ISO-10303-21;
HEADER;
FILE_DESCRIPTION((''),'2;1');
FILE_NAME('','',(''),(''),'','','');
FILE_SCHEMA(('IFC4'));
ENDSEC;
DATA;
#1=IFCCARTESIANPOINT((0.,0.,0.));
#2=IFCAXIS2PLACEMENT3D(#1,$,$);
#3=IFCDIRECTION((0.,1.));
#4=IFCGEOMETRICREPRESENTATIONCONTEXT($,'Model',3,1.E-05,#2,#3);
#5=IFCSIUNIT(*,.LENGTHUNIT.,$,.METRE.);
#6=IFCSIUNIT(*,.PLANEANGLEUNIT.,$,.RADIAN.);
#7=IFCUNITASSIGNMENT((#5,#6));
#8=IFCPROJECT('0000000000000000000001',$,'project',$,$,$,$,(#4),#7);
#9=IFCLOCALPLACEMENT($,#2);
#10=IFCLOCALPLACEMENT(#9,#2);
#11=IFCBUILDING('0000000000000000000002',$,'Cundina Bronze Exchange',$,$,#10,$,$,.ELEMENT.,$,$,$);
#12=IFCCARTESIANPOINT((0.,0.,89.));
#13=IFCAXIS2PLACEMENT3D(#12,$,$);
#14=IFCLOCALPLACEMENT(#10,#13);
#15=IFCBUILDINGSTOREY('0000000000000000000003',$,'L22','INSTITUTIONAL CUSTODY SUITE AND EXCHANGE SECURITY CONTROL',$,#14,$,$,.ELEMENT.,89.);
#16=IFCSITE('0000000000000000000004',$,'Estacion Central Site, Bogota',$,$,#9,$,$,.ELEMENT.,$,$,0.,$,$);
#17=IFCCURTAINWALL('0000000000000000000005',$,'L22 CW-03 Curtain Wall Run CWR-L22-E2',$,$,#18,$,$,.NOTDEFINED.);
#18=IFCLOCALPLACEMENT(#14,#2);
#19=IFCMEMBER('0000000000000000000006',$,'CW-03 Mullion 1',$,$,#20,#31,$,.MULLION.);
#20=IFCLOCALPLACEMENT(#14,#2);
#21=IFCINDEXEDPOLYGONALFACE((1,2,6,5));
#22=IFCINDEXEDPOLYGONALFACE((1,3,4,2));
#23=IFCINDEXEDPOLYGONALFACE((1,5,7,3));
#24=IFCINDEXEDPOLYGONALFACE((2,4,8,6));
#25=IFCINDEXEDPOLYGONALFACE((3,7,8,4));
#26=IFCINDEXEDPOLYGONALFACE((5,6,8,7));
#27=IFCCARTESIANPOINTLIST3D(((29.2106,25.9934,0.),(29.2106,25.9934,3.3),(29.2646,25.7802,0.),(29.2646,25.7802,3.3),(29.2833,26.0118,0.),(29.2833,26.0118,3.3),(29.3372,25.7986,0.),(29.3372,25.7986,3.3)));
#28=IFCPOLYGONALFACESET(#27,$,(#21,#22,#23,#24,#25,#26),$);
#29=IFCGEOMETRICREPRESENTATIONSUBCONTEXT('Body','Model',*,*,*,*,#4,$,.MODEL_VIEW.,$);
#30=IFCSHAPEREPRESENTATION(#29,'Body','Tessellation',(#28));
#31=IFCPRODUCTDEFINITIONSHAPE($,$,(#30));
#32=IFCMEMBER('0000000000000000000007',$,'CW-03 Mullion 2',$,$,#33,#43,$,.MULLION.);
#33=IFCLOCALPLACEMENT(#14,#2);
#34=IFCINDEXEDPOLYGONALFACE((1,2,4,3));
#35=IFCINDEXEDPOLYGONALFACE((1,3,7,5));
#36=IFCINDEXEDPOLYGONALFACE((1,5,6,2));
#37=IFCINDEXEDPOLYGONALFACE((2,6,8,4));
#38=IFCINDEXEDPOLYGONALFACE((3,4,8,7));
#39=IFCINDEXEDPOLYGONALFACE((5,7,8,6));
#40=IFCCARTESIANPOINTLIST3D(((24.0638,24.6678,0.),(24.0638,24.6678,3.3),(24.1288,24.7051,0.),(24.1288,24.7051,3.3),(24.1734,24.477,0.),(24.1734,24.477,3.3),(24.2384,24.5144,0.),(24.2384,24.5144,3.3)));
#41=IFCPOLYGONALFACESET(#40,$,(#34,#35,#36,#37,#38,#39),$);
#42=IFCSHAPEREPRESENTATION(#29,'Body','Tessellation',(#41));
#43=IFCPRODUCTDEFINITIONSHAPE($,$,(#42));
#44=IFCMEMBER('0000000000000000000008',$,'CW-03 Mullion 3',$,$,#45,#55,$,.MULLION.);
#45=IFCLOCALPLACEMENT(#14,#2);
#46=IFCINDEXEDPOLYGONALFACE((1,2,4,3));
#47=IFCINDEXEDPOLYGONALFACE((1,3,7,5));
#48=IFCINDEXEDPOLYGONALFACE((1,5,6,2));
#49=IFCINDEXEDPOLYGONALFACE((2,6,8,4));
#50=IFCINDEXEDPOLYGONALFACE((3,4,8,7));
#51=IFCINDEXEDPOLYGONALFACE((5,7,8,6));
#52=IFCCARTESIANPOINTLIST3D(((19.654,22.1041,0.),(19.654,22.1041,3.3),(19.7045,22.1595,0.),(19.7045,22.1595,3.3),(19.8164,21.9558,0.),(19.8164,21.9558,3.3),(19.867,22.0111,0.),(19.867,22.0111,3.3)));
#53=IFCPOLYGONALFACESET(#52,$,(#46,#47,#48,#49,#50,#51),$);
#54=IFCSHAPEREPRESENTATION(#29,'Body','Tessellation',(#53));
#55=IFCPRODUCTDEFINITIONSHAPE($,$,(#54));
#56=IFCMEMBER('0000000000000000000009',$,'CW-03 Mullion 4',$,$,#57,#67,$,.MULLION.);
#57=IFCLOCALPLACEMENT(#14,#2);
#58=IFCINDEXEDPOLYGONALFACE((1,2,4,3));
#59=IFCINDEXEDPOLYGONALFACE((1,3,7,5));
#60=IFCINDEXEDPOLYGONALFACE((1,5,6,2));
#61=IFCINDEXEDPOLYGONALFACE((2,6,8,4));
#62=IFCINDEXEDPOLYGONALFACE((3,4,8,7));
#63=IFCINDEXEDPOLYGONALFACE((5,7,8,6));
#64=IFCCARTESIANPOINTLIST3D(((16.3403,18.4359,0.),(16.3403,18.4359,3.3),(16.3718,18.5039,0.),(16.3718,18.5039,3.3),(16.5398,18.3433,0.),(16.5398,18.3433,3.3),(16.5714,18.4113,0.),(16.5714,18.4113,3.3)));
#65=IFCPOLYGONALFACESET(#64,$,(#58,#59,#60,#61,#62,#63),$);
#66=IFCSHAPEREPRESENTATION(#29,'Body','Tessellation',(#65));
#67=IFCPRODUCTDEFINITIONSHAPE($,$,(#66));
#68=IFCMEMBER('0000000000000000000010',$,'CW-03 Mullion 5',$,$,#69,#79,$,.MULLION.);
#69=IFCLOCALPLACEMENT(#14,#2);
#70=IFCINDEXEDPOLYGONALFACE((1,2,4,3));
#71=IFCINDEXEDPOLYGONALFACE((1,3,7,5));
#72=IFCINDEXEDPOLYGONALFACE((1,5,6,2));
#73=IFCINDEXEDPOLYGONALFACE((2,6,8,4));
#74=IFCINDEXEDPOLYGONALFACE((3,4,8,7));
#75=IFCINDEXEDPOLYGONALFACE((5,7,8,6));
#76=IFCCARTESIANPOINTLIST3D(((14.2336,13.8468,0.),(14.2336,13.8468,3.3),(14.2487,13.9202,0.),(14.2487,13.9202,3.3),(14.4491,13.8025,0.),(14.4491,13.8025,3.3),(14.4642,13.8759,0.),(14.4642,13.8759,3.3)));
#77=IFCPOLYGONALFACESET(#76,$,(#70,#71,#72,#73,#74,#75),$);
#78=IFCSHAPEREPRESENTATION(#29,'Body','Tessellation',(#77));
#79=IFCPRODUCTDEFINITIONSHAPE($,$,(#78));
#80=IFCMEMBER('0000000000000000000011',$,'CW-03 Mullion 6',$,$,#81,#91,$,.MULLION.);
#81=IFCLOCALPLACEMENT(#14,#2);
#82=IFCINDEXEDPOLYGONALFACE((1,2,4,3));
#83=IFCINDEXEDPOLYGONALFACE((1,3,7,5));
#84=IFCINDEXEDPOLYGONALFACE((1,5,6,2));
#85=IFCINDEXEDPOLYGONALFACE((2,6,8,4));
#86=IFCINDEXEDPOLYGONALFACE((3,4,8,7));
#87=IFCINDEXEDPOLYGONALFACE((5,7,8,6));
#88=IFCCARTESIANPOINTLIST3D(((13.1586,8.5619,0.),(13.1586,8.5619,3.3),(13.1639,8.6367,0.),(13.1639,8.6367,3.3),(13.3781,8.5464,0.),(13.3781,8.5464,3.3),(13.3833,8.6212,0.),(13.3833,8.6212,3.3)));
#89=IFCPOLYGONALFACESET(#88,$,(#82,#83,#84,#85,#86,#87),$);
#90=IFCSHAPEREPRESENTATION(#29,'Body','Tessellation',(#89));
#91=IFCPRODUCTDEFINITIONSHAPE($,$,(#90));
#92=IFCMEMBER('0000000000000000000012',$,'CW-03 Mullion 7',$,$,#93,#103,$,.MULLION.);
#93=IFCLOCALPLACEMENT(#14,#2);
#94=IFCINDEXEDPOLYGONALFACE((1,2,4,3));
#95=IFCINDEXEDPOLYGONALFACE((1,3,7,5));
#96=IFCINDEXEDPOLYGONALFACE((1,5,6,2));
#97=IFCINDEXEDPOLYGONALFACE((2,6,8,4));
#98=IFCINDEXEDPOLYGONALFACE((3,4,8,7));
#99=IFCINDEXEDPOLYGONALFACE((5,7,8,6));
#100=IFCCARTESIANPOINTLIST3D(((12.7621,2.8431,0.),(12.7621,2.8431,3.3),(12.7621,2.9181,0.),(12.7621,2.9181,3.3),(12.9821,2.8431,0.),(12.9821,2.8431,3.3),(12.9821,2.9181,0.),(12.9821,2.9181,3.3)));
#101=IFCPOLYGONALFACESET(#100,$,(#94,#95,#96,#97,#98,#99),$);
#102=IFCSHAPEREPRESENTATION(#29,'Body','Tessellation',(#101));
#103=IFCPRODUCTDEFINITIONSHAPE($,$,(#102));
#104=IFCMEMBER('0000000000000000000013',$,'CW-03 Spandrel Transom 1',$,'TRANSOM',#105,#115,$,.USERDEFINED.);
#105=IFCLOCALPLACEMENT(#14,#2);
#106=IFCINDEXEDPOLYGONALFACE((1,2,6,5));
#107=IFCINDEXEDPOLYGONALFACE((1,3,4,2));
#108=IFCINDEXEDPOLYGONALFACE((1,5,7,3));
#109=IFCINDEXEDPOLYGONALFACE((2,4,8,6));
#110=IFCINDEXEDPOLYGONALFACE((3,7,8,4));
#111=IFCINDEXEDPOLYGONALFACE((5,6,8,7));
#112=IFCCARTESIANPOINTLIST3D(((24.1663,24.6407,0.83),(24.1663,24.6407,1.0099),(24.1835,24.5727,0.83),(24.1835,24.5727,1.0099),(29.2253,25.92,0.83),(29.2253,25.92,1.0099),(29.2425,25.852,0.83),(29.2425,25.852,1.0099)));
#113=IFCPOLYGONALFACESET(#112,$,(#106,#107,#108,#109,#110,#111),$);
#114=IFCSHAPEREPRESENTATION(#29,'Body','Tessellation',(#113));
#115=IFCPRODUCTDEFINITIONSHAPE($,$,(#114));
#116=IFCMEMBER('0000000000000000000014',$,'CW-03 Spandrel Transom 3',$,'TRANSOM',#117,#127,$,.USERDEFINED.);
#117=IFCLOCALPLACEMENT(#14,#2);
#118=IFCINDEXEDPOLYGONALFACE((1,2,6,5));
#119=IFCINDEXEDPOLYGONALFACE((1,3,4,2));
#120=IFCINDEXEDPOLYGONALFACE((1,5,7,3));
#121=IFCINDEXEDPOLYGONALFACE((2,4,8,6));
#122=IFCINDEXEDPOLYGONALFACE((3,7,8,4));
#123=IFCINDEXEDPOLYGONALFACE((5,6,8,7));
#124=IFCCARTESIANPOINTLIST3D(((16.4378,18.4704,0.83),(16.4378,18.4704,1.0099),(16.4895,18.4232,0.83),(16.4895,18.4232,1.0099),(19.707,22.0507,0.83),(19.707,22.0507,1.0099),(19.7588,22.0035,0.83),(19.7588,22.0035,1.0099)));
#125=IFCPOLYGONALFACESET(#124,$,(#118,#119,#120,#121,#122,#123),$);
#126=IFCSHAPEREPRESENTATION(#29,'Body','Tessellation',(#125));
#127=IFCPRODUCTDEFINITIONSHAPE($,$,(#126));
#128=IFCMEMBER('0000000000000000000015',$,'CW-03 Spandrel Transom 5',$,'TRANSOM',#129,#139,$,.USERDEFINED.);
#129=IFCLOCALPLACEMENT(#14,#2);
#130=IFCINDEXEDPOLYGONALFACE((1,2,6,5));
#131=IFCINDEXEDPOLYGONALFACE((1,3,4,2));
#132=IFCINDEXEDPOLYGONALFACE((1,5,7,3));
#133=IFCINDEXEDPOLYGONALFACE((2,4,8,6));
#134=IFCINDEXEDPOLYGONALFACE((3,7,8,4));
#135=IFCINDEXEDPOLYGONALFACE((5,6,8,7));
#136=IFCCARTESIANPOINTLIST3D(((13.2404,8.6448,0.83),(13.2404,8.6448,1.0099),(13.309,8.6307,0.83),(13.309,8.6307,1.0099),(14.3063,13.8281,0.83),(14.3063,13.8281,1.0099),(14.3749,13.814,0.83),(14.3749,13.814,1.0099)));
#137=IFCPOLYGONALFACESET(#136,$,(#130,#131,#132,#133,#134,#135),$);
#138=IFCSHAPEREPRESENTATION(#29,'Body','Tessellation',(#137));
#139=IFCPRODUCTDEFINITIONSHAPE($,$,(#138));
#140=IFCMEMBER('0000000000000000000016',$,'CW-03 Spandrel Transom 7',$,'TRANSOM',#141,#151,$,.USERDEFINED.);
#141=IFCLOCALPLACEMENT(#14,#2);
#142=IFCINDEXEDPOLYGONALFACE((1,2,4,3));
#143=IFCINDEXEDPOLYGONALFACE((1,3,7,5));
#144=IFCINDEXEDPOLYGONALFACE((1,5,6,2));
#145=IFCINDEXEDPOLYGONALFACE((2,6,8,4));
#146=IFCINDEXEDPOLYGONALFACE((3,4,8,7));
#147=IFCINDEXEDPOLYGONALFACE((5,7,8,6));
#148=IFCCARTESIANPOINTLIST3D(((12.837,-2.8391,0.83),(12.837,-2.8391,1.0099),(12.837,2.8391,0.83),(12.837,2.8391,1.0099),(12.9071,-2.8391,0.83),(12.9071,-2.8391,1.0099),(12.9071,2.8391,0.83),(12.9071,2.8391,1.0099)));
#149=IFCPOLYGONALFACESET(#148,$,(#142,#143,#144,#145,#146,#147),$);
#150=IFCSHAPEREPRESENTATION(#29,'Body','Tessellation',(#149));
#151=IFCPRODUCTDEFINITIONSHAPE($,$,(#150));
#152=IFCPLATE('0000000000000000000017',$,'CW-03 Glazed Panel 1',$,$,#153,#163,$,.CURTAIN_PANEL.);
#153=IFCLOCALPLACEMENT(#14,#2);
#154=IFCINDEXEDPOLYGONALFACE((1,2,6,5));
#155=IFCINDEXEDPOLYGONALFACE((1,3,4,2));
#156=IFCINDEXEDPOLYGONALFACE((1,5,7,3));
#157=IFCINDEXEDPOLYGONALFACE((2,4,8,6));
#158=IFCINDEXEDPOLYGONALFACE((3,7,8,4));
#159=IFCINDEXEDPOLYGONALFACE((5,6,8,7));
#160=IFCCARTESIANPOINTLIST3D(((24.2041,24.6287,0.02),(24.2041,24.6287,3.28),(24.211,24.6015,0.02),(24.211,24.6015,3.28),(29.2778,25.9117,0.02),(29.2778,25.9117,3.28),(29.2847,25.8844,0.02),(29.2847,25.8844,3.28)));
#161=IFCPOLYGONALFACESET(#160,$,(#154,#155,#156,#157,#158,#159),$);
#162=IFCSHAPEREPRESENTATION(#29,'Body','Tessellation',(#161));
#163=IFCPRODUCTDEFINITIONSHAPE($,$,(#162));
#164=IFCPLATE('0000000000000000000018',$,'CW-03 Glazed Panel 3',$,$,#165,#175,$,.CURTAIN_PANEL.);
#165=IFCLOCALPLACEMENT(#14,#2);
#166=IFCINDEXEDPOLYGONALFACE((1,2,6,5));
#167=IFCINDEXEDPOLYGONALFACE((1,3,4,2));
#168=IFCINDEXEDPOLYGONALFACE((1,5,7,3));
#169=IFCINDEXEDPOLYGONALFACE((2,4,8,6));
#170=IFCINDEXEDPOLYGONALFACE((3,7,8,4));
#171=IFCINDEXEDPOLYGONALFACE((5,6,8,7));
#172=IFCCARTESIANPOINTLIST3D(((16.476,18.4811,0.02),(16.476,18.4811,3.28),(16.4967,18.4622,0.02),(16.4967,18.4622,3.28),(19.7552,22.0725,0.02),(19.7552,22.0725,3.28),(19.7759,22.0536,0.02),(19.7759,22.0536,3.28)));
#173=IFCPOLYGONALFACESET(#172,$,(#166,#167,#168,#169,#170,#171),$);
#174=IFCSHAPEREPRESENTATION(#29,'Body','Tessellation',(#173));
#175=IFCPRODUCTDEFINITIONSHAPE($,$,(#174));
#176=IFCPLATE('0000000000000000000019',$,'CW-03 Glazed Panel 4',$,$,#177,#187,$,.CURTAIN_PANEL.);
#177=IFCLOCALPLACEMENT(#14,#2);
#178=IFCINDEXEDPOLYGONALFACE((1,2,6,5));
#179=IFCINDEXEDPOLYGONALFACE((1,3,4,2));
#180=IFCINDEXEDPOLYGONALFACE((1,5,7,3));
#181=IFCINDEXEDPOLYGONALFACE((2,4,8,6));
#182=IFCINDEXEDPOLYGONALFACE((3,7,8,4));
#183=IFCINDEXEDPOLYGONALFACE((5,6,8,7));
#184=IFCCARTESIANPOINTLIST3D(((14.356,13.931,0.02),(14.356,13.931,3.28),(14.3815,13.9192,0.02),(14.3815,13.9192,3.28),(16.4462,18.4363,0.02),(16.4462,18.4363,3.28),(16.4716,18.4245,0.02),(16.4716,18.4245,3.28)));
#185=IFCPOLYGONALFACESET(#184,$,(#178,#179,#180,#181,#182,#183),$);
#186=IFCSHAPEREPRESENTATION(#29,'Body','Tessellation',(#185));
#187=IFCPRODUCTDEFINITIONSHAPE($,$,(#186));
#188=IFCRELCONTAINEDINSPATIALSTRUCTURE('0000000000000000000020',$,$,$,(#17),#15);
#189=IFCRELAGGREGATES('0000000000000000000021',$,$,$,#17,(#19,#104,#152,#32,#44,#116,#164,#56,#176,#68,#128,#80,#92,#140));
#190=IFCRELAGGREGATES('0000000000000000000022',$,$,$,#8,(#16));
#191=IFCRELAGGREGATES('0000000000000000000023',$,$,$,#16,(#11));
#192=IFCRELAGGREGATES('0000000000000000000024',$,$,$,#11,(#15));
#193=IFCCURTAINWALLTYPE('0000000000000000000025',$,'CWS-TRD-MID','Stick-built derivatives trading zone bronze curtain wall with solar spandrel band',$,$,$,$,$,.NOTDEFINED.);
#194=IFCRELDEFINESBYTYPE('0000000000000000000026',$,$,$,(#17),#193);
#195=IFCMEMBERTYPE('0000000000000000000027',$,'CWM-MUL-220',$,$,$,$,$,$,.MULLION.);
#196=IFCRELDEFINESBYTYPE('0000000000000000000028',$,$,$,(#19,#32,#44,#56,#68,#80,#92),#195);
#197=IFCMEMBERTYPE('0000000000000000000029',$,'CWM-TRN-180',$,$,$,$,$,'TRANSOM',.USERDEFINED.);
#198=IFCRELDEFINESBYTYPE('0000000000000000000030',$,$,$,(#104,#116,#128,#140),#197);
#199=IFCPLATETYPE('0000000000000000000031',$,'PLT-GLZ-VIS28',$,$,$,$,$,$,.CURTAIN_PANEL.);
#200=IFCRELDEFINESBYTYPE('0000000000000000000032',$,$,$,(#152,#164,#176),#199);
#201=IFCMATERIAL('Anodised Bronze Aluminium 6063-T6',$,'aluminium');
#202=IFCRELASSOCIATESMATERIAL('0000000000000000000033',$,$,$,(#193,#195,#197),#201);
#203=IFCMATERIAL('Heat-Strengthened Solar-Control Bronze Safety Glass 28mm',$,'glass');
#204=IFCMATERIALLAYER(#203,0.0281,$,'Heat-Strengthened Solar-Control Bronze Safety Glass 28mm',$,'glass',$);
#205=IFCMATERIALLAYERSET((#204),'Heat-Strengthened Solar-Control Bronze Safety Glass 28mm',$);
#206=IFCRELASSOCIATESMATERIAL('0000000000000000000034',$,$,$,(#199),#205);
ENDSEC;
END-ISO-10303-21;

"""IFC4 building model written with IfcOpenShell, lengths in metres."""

from ifc_helpers import new_model, si_unit, direction, frame, origin, origin_2d, place, context, subcontext, project, spatial, rectangle, extrude, material, layer, layer_set, material_profile, profile_set, type_object, element, aggregate, save


model = new_model("IFC4")

# Units and contexts
model_context = context("Model", 3, precision=1e-05, world=origin(), true_north=direction((0.0, 1.0)))
body_context = subcontext(model_context, "Body", "Model", "MODEL_VIEW")
ifc_project = project(units=[si_unit("LENGTHUNIT", "METRE"), si_unit("PLANEANGLEUNIT", "RADIAN")], contexts=[model_context])

# Site, building, storey
site_placement = place(None, origin())
site = spatial("IfcSite", under=ifc_project, at=site_placement, Name="Estacion Central Site, Bogota", CompositionType="ELEMENT", RefElevation=0.0)
building_placement = place(site_placement, origin())
building = spatial("IfcBuilding", under=site, at=building_placement, Name="Cundina Bronze Exchange", CompositionType="ELEMENT")
storey_placement = place(building_placement, frame((0.0, 0.0, 89.0)))
storey = spatial("IfcBuildingStorey", under=building, at=storey_placement, Name="L22", Description="INSTITUTIONAL CUSTODY SUITE AND EXCHANGE SECURITY CONTROL", CompositionType="ELEMENT", Elevation=89.0)

# Shared definitions
ifc_material_1 = material(Name="Anodised Bronze Aluminium 6063-T6", Category="aluminium")
curtain_wall_type = type_object("IfcCurtainWallType", Name="CWS-TRD-MID", Description="Stick-built derivatives trading zone bronze curtain wall with solar spandrel band", PredefinedType="NOTDEFINED", material=ifc_material_1)
ifc_material_profile_1 = material_profile(ifc_material_1, rectangle(XDim=0.075, YDim=0.22, at=origin_2d()), Name="AL75X220", Category="aluminium")
ifc_profile_set_1 = profile_set([ifc_material_profile_1], Name="Anodised Bronze Aluminium 6063-T6")
member_type_1 = type_object("IfcMemberType", Name="CWM-MUL-220", PredefinedType="MULLION", material=ifc_profile_set_1)

# Curtain wall, members, plates
curtain_wall_1_placement = place(storey_placement, origin())
curtain_wall_1 = element("IfcCurtainWall", 1, at=curtain_wall_1_placement, inside=storey, type_object=curtain_wall_type, Name="L22 CW-03 Curtain Wall Run CWR-L22-E2", PredefinedType="NOTDEFINED")
member_1_placement = place(storey_placement, frame((29.2739, 25.896, 0.0), z_axis=(0.0, 0.0, 1.0), x_axis=(-0.969488, -0.245138, 0.0)))
member_1 = element("IfcMember", 2, at=member_1_placement, type_object=member_type_1, Name="CW-03 Mullion 1", PredefinedType="MULLION", context=body_context, shape_type="SweptSolid", body=[
    extrude(rectangle(XDim=0.075, YDim=0.22, at=origin_2d()), origin(), (0.0, 0.0, 1.0), 3.3),
])
member_2_placement = place(storey_placement, frame((24.1511, 24.5911, 0.0), z_axis=(0.0, 0.0, 1.0), x_axis=(-0.867071, -0.498185, 0.0)))
member_2 = element("IfcMember", 3, at=member_2_placement, type_object=member_type_1, Name="CW-03 Mullion 2", PredefinedType="MULLION", context=body_context, shape_type="SweptSolid", body=[
    extrude(rectangle(XDim=0.075, YDim=0.22, at=origin_2d()), origin(), (0.0, 0.0, 1.0), 3.3),
])
member_3_placement = place(storey_placement, frame((19.7605, 22.0576, 0.0), z_axis=(0.0, 0.0, 1.0), x_axis=(-0.674302, -0.738455, 0.0)))
member_3 = element("IfcMember", 4, at=member_3_placement, type_object=member_type_1, Name="CW-03 Mullion 3", PredefinedType="MULLION", context=body_context, shape_type="SweptSolid", body=[
    extrude(rectangle(XDim=0.075, YDim=0.22, at=origin_2d()), origin(), (0.0, 0.0, 1.0), 3.3),
])
member_4_placement = place(storey_placement, frame((16.4558, 18.4236, 0.0), z_axis=(0.0, 0.0, 1.0), x_axis=(-0.420877, -0.907117, 0.0)))
member_4 = element("IfcMember", 5, at=member_4_placement, type_object=member_type_1, Name="CW-03 Mullion 4", PredefinedType="MULLION", context=body_context, shape_type="SweptSolid", body=[
    extrude(rectangle(XDim=0.075, YDim=0.22, at=origin_2d()), origin(), (0.0, 0.0, 1.0), 3.3),
])
member_5_placement = place(storey_placement, frame((14.3489, 13.8613, 0.0), z_axis=(0.0, 0.0, 1.0), x_axis=(-0.20142, -0.979505, 0.0)))
member_5 = element("IfcMember", 6, at=member_5_placement, type_object=member_type_1, Name="CW-03 Mullion 5", PredefinedType="MULLION", context=body_context, shape_type="SweptSolid", body=[
    extrude(rectangle(XDim=0.075, YDim=0.22, at=origin_2d()), origin(), (0.0, 0.0, 1.0), 3.3),
])
member_6_placement = place(storey_placement, frame((13.271, 8.5916, 0.0), z_axis=(0.0, 0.0, 1.0), x_axis=(-0.070279, -0.997527, 0.0)))
member_6 = element("IfcMember", 7, at=member_6_placement, type_object=member_type_1, Name="CW-03 Mullion 6", PredefinedType="MULLION", context=body_context, shape_type="SweptSolid", body=[
    extrude(rectangle(XDim=0.075, YDim=0.22, at=origin_2d()), origin(), (0.0, 0.0, 1.0), 3.3),
])
member_7_placement = place(storey_placement, frame((12.8721, 2.8806, 0.0), z_axis=(0.0, 0.0, 1.0), x_axis=(0.0, -1.0, 0.0)))
member_7 = element("IfcMember", 8, at=member_7_placement, type_object=member_type_1, Name="CW-03 Mullion 7", PredefinedType="MULLION", context=body_context, shape_type="SweptSolid", body=[
    extrude(rectangle(XDim=0.075, YDim=0.22, at=origin_2d()), origin(), (0.0, 0.0, 1.0), 3.3),
])
ifc_material_profile_2 = material_profile(ifc_material_1, rectangle(XDim=0.0701, YDim=0.1799, at=origin_2d()), Name="AL70X180", Category="aluminium")
ifc_profile_set_2 = profile_set([ifc_material_profile_2], Name="Anodised Bronze Aluminium 6063-T6")
member_type_2 = type_object("IfcMemberType", Name="CWM-TRN-180", ElementType="TRANSOM", PredefinedType="USERDEFINED", material=ifc_profile_set_2)
member_8_placement = place(storey_placement, frame((29.2339, 25.886, 0.9199), z_axis=(-0.969484, -0.245155, 0.0), x_axis=(0.245155, -0.969484, 0.0)))
member_8 = element("IfcMember", 9, at=member_8_placement, type_object=member_type_2, Name="CW-03 Spandrel Transom 1", ObjectType="TRANSOM", PredefinedType="USERDEFINED", context=body_context, shape_type="SweptSolid", body=[
    extrude(rectangle(XDim=0.0701, YDim=0.1799, at=origin_2d()), origin(), (0.0, 0.0, 1.0), 5.2183),
])
member_9_placement = place(storey_placement, frame((19.7329, 22.0271, 0.9199), z_axis=(-0.674303, -0.738455, 0.0), x_axis=(0.738455, -0.674303, 0.0)))
member_9 = element("IfcMember", 10, at=member_9_placement, type_object=member_type_2, Name="CW-03 Spandrel Transom 3", ObjectType="TRANSOM", PredefinedType="USERDEFINED", context=body_context, shape_type="SweptSolid", body=[
    extrude(rectangle(XDim=0.0701, YDim=0.1799, at=origin_2d()), origin(), (0.0, 0.0, 1.0), 4.8484),
])
member_10_placement = place(storey_placement, frame((14.3406, 13.821, 0.9199), z_axis=(-0.201428, -0.979503, 0.0), x_axis=(0.979503, -0.201428, 0.0)))
member_10 = element("IfcMember", 11, at=member_10_placement, type_object=member_type_2, Name="CW-03 Spandrel Transom 5", ObjectType="TRANSOM", PredefinedType="USERDEFINED", context=body_context, shape_type="SweptSolid", body=[
    extrude(rectangle(XDim=0.0701, YDim=0.1799, at=origin_2d()), origin(), (0.0, 0.0, 1.0), 5.2917),
])
member_11_placement = place(storey_placement, frame((12.8721, 2.8391, 0.9199), z_axis=(0.0, -1.0, 0.0), x_axis=(1.0, 0.0, 0.0)))
member_11 = element("IfcMember", 12, at=member_11_placement, type_object=member_type_2, Name="CW-03 Spandrel Transom 7", ObjectType="TRANSOM", PredefinedType="USERDEFINED", context=body_context, shape_type="SweptSolid", body=[
    extrude(rectangle(XDim=0.0701, YDim=0.1799, at=origin_2d()), origin(), (0.0, 0.0, 1.0), 5.6782),
])
ifc_material_2 = material(Name="Heat-Strengthened Solar-Control Bronze Safety Glass 28mm", Category="glass")
ifc_layer_1 = layer(ifc_material_2, 0.0281, Name="Heat-Strengthened Solar-Control Bronze Safety Glass 28mm", Category="glass")
ifc_layer_set_1 = layer_set([ifc_layer_1], Name="Heat-Strengthened Solar-Control Bronze Safety Glass 28mm")
plate_type_1 = type_object("IfcPlateType", Name="PLT-GLZ-VIS28", PredefinedType="CURTAIN_PANEL", material=ifc_layer_set_1)
plate_1_placement = place(storey_placement, frame((26.7444, 25.2566, 0.02), z_axis=(0.0, 0.0, 1.0), x_axis=(-0.969488, -0.245138, 0.0)))
plate_1 = element("IfcPlate", 13, at=plate_1_placement, type_object=plate_type_1, Name="CW-03 Glazed Panel 1", PredefinedType="CURTAIN_PANEL", context=body_context, shape_type="SweptSolid", body=[
    extrude(rectangle(XDim=5.2334, YDim=0.0281, at=origin_2d()), origin(), (0.0, 0.0, 1.0), 3.26),
])
plate_2_placement = place(storey_placement, frame((18.126, 20.2673, 0.02), z_axis=(0.0, 0.0, 1.0), x_axis=(-0.674277, -0.738479, 0.0)))
plate_2 = element("IfcPlate", 14, at=plate_2_placement, type_object=plate_type_1, Name="CW-03 Glazed Panel 3", PredefinedType="CURTAIN_PANEL", context=body_context, shape_type="SweptSolid", body=[
    extrude(rectangle(XDim=4.8633, YDim=0.0281, at=origin_2d()), origin(), (0.0, 0.0, 1.0), 3.26),
])
plate_3_placement = place(storey_placement, frame((15.4138, 16.1777, 0.02), z_axis=(0.0, 0.0, 1.0), x_axis=(-0.420846, -0.907132, 0.0)))
plate_3 = element("IfcPlate", 15, at=plate_3_placement, type_object=plate_type_1, Name="CW-03 Glazed Panel 4", PredefinedType="CURTAIN_PANEL", context=body_context, shape_type="SweptSolid", body=[
    extrude(rectangle(XDim=4.9666, YDim=0.0281, at=origin_2d()), origin(), (0.0, 0.0, 1.0), 3.26),
])
aggregate(curtain_wall_1, [member_1, member_8, plate_1, member_2, member_3, member_9, plate_2, member_4, plate_3, member_5, member_10, member_6, member_7, member_11])

save(model, "model.ifc")
